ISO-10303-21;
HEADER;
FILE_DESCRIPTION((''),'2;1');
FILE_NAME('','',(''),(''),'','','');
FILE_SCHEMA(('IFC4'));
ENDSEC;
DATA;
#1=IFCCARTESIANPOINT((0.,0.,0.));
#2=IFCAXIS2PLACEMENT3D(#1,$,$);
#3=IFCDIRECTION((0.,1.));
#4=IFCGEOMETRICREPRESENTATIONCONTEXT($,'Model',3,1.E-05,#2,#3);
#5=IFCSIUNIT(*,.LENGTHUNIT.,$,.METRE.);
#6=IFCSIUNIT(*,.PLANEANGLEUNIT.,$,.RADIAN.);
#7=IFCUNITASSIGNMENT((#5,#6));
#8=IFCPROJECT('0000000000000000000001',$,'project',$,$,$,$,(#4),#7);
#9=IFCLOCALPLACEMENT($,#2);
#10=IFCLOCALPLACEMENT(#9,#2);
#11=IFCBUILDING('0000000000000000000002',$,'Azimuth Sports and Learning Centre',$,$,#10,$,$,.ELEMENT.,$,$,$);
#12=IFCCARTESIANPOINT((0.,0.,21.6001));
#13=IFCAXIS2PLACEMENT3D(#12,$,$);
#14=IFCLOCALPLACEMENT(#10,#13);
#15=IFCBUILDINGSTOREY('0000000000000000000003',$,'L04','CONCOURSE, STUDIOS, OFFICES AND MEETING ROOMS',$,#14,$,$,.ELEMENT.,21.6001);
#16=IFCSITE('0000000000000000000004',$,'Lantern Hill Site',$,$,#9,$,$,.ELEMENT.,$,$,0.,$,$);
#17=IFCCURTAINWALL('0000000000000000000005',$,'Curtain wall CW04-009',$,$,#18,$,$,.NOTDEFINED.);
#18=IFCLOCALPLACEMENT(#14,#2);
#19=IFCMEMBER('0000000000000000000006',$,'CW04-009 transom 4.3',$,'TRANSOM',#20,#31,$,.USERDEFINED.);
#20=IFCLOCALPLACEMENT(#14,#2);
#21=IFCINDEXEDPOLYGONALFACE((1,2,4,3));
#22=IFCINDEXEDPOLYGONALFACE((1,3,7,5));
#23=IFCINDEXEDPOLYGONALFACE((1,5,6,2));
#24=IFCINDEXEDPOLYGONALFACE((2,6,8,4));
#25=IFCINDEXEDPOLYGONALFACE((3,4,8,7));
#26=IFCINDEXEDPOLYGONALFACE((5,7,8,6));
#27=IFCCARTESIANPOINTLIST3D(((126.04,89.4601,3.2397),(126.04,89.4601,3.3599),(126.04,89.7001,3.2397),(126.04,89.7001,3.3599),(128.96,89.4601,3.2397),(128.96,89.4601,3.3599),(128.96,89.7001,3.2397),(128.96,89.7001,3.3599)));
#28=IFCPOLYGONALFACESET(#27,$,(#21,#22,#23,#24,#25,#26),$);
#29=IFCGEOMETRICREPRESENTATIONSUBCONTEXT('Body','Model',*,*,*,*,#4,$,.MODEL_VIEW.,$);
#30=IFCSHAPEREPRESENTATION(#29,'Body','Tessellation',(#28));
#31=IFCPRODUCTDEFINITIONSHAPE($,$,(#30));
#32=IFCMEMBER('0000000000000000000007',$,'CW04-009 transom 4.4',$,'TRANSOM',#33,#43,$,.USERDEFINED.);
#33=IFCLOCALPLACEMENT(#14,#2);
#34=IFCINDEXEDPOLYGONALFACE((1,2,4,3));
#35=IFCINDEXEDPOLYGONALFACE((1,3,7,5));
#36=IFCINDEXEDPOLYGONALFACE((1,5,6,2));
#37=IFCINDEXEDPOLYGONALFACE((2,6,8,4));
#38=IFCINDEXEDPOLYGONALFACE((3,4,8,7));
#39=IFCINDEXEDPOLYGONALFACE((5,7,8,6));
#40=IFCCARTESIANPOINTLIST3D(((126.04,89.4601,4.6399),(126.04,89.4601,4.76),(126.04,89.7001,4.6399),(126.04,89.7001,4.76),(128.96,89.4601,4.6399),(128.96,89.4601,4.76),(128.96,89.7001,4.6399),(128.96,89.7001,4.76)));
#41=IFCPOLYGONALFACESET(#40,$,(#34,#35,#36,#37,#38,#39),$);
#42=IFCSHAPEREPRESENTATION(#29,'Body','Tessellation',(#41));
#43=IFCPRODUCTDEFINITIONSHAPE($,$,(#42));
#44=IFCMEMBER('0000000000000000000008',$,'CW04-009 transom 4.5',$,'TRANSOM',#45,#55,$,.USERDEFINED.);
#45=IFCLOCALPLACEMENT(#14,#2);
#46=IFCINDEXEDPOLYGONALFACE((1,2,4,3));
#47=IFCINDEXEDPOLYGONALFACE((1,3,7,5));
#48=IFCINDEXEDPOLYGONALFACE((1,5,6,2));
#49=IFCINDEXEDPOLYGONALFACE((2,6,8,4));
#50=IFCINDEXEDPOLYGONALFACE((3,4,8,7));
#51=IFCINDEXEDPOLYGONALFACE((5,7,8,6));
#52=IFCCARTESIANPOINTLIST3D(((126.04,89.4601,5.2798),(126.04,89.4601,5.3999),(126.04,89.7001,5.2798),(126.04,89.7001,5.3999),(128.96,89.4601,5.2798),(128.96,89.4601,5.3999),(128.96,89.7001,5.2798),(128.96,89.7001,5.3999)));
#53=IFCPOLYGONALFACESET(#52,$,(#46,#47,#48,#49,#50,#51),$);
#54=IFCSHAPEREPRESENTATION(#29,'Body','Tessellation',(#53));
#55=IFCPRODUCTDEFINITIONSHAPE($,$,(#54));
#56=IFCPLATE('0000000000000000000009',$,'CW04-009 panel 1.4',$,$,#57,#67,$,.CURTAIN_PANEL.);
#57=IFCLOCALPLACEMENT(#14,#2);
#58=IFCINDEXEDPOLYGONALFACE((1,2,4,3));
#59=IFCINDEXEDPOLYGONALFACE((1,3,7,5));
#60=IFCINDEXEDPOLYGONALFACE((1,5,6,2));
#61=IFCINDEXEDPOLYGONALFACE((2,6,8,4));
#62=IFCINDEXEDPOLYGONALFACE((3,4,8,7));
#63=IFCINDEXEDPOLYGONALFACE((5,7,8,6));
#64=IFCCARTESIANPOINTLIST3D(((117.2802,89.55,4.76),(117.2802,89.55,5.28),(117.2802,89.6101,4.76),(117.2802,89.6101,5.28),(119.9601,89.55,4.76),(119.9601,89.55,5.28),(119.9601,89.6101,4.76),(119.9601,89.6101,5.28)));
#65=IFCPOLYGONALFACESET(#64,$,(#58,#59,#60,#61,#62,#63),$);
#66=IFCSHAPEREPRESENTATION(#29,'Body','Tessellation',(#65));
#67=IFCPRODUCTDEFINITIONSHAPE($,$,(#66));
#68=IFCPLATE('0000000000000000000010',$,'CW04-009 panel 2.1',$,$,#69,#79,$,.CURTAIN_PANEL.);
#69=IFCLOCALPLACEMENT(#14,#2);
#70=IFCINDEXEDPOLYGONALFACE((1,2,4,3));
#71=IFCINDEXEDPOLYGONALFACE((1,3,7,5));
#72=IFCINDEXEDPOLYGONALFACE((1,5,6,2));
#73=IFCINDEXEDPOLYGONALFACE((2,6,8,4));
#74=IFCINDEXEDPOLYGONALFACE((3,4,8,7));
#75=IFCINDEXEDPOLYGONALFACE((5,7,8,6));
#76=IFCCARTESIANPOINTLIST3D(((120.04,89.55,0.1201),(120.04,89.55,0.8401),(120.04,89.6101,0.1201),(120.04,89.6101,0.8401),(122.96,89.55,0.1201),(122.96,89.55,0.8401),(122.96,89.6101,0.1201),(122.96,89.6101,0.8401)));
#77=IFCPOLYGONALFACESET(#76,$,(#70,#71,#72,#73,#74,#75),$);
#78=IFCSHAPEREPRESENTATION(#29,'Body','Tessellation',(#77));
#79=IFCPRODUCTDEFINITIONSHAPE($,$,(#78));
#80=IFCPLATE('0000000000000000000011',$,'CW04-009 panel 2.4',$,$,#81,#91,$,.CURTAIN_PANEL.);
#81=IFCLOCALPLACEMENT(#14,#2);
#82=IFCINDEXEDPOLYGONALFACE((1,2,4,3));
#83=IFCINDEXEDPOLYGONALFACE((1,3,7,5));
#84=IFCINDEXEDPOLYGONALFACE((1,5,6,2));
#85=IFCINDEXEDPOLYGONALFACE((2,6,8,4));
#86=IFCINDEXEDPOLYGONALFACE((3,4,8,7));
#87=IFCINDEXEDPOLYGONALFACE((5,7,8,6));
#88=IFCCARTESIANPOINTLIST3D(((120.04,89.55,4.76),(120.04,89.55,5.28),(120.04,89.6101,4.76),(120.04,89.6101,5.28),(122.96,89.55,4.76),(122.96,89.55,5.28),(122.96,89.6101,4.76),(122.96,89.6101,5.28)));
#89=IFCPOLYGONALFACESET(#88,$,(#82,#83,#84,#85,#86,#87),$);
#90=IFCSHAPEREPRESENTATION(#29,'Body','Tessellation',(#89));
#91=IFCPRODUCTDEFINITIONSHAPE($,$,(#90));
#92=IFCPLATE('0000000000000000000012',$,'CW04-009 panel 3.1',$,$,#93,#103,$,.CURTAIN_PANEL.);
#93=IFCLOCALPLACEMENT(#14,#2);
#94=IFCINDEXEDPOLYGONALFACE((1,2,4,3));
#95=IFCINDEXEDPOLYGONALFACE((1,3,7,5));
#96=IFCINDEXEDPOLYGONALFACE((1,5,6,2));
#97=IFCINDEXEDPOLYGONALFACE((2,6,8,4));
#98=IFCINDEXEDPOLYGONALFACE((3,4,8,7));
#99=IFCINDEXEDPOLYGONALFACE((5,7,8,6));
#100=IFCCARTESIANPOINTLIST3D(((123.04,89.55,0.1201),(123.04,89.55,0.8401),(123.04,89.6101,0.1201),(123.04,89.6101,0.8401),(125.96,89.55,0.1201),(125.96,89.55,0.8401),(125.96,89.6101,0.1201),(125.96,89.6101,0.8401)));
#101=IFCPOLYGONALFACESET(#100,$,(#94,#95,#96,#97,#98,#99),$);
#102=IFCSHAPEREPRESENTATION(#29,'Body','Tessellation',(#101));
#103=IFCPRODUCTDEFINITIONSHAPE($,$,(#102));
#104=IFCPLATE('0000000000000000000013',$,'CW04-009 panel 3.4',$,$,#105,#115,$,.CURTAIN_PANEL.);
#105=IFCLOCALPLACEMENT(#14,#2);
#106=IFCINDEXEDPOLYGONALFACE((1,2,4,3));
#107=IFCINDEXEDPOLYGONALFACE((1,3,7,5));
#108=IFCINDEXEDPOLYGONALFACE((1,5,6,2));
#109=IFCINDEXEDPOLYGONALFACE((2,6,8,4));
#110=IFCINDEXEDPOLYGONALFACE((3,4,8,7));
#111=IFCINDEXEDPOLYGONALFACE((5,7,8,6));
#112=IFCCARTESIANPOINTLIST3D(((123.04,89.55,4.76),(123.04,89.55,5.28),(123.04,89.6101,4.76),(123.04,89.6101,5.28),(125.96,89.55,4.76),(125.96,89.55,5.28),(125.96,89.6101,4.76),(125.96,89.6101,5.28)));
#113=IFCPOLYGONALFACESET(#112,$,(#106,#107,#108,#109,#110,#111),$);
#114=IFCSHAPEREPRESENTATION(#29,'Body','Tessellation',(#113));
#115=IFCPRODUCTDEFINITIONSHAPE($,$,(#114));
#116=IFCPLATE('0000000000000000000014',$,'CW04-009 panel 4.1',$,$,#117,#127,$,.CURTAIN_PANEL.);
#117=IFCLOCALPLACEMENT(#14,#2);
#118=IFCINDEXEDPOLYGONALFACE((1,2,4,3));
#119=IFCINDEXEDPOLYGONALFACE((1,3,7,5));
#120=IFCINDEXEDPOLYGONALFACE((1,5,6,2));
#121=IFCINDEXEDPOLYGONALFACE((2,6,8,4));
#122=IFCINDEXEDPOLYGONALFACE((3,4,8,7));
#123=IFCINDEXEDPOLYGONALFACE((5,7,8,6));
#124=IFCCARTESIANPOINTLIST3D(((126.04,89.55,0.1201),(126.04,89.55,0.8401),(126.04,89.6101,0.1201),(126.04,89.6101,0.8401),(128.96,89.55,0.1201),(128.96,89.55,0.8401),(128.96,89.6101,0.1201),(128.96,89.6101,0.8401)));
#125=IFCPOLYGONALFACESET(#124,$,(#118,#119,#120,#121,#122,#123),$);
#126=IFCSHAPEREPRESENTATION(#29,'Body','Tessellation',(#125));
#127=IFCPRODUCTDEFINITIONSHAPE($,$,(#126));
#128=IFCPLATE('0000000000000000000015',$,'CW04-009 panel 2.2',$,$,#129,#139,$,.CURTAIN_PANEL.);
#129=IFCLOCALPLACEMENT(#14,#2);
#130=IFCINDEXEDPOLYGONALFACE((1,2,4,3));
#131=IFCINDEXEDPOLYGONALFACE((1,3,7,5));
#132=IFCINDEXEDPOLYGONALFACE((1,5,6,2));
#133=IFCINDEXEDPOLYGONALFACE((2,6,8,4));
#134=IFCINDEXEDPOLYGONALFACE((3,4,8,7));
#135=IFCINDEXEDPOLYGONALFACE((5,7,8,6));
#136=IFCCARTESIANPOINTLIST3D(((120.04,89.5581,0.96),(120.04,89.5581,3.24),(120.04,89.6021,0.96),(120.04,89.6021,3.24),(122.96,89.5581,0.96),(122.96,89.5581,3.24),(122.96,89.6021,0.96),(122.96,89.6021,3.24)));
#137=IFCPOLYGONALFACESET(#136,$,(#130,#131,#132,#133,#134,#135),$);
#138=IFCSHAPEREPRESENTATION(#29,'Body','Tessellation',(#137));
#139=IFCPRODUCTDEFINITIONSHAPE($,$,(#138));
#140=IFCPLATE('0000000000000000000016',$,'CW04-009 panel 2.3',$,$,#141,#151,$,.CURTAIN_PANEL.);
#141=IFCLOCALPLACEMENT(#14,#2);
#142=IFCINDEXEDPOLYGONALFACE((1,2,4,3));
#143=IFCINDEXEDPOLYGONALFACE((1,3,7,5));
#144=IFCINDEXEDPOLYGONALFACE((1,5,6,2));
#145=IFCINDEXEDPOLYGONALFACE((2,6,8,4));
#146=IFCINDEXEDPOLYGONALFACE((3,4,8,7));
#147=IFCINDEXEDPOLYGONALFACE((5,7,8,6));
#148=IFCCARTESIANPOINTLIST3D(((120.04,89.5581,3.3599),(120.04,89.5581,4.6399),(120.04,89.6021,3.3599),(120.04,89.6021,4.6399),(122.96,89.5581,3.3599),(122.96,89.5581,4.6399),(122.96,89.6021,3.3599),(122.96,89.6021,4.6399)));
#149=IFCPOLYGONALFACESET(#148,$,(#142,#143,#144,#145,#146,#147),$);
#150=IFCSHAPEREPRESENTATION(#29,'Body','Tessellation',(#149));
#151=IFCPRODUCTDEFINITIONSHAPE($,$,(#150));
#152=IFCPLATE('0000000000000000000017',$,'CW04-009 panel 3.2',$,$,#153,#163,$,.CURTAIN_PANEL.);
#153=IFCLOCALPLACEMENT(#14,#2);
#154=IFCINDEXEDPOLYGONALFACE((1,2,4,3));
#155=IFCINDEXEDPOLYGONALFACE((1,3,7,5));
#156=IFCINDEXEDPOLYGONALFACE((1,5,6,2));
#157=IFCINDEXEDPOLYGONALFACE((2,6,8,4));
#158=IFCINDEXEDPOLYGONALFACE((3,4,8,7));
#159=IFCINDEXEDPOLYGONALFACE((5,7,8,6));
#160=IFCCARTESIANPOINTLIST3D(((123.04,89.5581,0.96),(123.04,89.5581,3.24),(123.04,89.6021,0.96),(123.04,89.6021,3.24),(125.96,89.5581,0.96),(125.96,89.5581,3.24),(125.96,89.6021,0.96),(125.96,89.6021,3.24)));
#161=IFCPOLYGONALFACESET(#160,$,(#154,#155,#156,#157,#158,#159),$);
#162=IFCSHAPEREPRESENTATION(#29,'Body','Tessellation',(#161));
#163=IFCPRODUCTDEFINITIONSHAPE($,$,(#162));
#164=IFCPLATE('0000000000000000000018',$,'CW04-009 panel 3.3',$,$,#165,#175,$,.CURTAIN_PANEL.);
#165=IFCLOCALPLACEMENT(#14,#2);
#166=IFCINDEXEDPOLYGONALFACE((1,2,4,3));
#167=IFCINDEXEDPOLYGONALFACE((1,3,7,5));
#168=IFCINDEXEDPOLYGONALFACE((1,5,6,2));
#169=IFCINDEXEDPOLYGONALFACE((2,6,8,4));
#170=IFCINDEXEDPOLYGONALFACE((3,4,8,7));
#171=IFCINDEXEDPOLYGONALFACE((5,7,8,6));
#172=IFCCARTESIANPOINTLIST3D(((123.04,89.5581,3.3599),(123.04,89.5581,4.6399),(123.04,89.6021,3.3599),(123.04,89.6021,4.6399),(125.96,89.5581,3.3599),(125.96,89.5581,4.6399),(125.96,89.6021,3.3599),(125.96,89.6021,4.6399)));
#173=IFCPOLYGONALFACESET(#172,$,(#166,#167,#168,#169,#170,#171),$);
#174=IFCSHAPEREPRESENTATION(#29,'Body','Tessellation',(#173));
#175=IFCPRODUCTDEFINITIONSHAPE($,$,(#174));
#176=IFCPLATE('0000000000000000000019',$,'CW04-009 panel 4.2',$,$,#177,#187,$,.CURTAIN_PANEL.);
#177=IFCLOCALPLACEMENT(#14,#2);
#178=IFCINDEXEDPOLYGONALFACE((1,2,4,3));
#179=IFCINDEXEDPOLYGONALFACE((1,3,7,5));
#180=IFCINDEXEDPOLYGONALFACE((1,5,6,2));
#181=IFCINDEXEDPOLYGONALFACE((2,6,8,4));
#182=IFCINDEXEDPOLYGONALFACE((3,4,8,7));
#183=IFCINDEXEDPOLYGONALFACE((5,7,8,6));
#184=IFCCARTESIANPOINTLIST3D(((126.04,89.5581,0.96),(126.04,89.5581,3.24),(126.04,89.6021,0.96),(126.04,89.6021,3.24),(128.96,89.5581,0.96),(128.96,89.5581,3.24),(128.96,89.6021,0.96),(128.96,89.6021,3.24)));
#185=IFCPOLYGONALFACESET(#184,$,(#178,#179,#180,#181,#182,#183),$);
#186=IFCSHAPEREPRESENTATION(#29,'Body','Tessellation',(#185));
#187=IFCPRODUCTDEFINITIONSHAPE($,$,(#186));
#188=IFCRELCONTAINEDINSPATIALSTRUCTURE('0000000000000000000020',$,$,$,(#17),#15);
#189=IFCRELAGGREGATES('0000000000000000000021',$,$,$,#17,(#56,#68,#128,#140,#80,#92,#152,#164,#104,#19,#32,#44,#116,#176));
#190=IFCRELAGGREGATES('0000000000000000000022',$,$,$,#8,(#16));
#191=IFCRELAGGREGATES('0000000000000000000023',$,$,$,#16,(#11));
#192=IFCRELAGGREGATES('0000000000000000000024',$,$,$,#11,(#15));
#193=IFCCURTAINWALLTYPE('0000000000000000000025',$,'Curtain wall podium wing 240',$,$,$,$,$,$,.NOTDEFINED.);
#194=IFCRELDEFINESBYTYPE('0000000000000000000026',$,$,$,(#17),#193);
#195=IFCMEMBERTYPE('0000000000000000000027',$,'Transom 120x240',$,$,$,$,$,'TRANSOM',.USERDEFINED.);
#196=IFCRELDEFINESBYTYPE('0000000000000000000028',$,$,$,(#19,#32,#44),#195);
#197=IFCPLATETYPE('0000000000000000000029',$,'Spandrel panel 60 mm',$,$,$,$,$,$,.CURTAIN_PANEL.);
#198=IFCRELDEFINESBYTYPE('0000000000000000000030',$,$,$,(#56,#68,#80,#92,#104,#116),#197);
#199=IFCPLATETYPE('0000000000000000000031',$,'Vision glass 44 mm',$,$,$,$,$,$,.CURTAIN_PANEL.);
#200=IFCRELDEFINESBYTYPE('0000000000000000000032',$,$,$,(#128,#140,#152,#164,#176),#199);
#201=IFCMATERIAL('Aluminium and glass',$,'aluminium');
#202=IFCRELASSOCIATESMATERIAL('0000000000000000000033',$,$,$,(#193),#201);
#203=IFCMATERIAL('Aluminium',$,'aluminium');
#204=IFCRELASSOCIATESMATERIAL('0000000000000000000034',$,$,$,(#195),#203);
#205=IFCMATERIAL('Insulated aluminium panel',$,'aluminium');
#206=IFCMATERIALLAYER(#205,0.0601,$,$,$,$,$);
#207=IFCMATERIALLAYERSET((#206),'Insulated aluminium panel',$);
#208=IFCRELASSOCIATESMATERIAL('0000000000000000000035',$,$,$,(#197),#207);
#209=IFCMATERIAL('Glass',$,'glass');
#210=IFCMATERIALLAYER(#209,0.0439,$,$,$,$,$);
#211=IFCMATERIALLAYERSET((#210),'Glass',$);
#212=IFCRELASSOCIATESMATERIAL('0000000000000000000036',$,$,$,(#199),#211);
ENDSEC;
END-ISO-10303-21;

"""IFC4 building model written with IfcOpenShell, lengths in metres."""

from ifc_helpers import new_model, si_unit, direction, frame, origin, origin_2d, place, context, subcontext, project, spatial, rectangle, extrude, material, layer, layer_set, material_profile, profile_set, type_object, element, aggregate, save


model = new_model("IFC4")

# Units and contexts
model_context = context("Model", 3, precision=1e-05, world=origin(), true_north=direction((0.0, 1.0)))
body_context = subcontext(model_context, "Body", "Model", "MODEL_VIEW")
ifc_project = project(units=[si_unit("LENGTHUNIT", "METRE"), si_unit("PLANEANGLEUNIT", "RADIAN")], contexts=[model_context])

# Site, building, storey
site_placement = place(None, origin())
site = spatial("IfcSite", under=ifc_project, at=site_placement, Name="Lantern Hill Site", CompositionType="ELEMENT", RefElevation=0.0)
building_placement = place(site_placement, origin())
building = spatial("IfcBuilding", under=site, at=building_placement, Name="Azimuth Sports and Learning Centre", CompositionType="ELEMENT")
storey_placement = place(building_placement, frame((0.0, 0.0, 21.6001)))
storey = spatial("IfcBuildingStorey", under=building, at=storey_placement, Name="L04", Description="CONCOURSE, STUDIOS, OFFICES AND MEETING ROOMS", CompositionType="ELEMENT", Elevation=21.6001)

# Curtain wall, members, plates
ifc_material_1 = material(Name="Aluminium and glass", Category="aluminium")
curtain_wall_type = type_object("IfcCurtainWallType", Name="Curtain wall podium wing 240", PredefinedType="NOTDEFINED", material=ifc_material_1)
curtain_wall_placement = place(storey_placement, origin())
curtain_wall = element("IfcCurtainWall", 1, at=curtain_wall_placement, inside=storey, type_object=curtain_wall_type, Name="Curtain wall CW04-009", PredefinedType="NOTDEFINED")
ifc_material_2 = material(Name="Aluminium", Category="aluminium")
ifc_material_profile_1 = material_profile(ifc_material_2, rectangle(XDim=0.24, YDim=0.1201, at=origin_2d()), Name="Transom 120x240")
ifc_profile_set_1 = profile_set([ifc_material_profile_1], Name="Aluminium")
member_type_1 = type_object("IfcMemberType", Name="Transom 120x240", ElementType="TRANSOM", PredefinedType="USERDEFINED", material=ifc_profile_set_1)
member_1_placement = place(storey_placement, frame((126.04, 89.5801, 3.2998), z_axis=(1.0, 0.0, 0.0), x_axis=(0.0, 1.0, 0.0)))
member_1 = element("IfcMember", 2, at=member_1_placement, type_object=member_type_1, Name="CW04-009 transom 4.3", ObjectType="TRANSOM", PredefinedType="USERDEFINED", context=body_context, shape_type="SweptSolid", body=[
    extrude(rectangle(XDim=0.24, YDim=0.1201, at=origin_2d()), origin(), (0.0, 0.0, 1.0), 2.9199),
])
member_2_placement = place(storey_placement, frame((126.04, 89.5801, 4.7), z_axis=(1.0, 0.0, 0.0), x_axis=(0.0, 1.0, 0.0)))
member_2 = element("IfcMember", 3, at=member_2_placement, type_object=member_type_1, Name="CW04-009 transom 4.4", ObjectType="TRANSOM", PredefinedType="USERDEFINED", context=body_context, shape_type="SweptSolid", body=[
    extrude(rectangle(XDim=0.24, YDim=0.1201, at=origin_2d()), origin(), (0.0, 0.0, 1.0), 2.9199),
])
member_3_placement = place(storey_placement, frame((126.04, 89.5801, 5.3398), z_axis=(1.0, 0.0, 0.0), x_axis=(0.0, 1.0, 0.0)))
member_3 = element("IfcMember", 4, at=member_3_placement, type_object=member_type_1, Name="CW04-009 transom 4.5", ObjectType="TRANSOM", PredefinedType="USERDEFINED", context=body_context, shape_type="SweptSolid", body=[
    extrude(rectangle(XDim=0.24, YDim=0.1201, at=origin_2d()), origin(), (0.0, 0.0, 1.0), 2.9199),
])
ifc_material_3 = material(Name="Insulated aluminium panel", Category="aluminium")
ifc_layer_1 = layer(ifc_material_3, 0.0601)
ifc_layer_set_1 = layer_set([ifc_layer_1], Name="Insulated aluminium panel")
plate_type_1 = type_object("IfcPlateType", Name="Spandrel panel 60 mm", PredefinedType="CURTAIN_PANEL", material=ifc_layer_set_1)
plate_1_placement = place(storey_placement, frame((118.6201, 89.5801, 4.76), z_axis=(0.0, 0.0, 1.0), x_axis=(1.0, 0.0, 0.0)))
plate_1 = element("IfcPlate", 5, at=plate_1_placement, type_object=plate_type_1, Name="CW04-009 panel 1.4", PredefinedType="CURTAIN_PANEL", context=body_context, shape_type="SweptSolid", body=[
    extrude(rectangle(XDim=2.6799, YDim=0.0601, at=origin_2d()), origin(), (0.0, 0.0, 1.0), 0.52),
])
plate_2_placement = place(storey_placement, frame((121.5, 89.5801, 0.1201), z_axis=(0.0, 0.0, 1.0), x_axis=(1.0, 0.0, 0.0)))
plate_2 = element("IfcPlate", 6, at=plate_2_placement, type_object=plate_type_1, Name="CW04-009 panel 2.1", PredefinedType="CURTAIN_PANEL", context=body_context, shape_type="SweptSolid", body=[
    extrude(rectangle(XDim=2.9199, YDim=0.0601, at=origin_2d()), origin(), (0.0, 0.0, 1.0), 0.72),
])
plate_3_placement = place(storey_placement, frame((121.5, 89.5801, 4.76), z_axis=(0.0, 0.0, 1.0), x_axis=(1.0, 0.0, 0.0)))
plate_3 = element("IfcPlate", 7, at=plate_3_placement, type_object=plate_type_1, Name="CW04-009 panel 2.4", PredefinedType="CURTAIN_PANEL", context=body_context, shape_type="SweptSolid", body=[
    extrude(rectangle(XDim=2.9199, YDim=0.0601, at=origin_2d()), origin(), (0.0, 0.0, 1.0), 0.52),
])
plate_4_placement = place(storey_placement, frame((124.5, 89.5801, 0.1201), z_axis=(0.0, 0.0, 1.0), x_axis=(1.0, 0.0, 0.0)))
plate_4 = element("IfcPlate", 8, at=plate_4_placement, type_object=plate_type_1, Name="CW04-009 panel 3.1", PredefinedType="CURTAIN_PANEL", context=body_context, shape_type="SweptSolid", body=[
    extrude(rectangle(XDim=2.9199, YDim=0.0601, at=origin_2d()), origin(), (0.0, 0.0, 1.0), 0.72),
])
plate_5_placement = place(storey_placement, frame((124.5, 89.5801, 4.76), z_axis=(0.0, 0.0, 1.0), x_axis=(1.0, 0.0, 0.0)))
plate_5 = element("IfcPlate", 9, at=plate_5_placement, type_object=plate_type_1, Name="CW04-009 panel 3.4", PredefinedType="CURTAIN_PANEL", context=body_context, shape_type="SweptSolid", body=[
    extrude(rectangle(XDim=2.9199, YDim=0.0601, at=origin_2d()), origin(), (0.0, 0.0, 1.0), 0.52),
])
plate_6_placement = place(storey_placement, frame((127.5, 89.5801, 0.1201), z_axis=(0.0, 0.0, 1.0), x_axis=(1.0, 0.0, 0.0)))
plate_6 = element("IfcPlate", 10, at=plate_6_placement, type_object=plate_type_1, Name="CW04-009 panel 4.1", PredefinedType="CURTAIN_PANEL", context=body_context, shape_type="SweptSolid", body=[
    extrude(rectangle(XDim=2.9199, YDim=0.0601, at=origin_2d()), origin(), (0.0, 0.0, 1.0), 0.72),
])
ifc_material_4 = material(Name="Glass", Category="glass")
ifc_layer_2 = layer(ifc_material_4, 0.0439)
ifc_layer_set_2 = layer_set([ifc_layer_2], Name="Glass")
plate_type_2 = type_object("IfcPlateType", Name="Vision glass 44 mm", PredefinedType="CURTAIN_PANEL", material=ifc_layer_set_2)
plate_7_placement = place(storey_placement, frame((121.5, 89.5801, 0.96), z_axis=(0.0, 0.0, 1.0), x_axis=(1.0, 0.0, 0.0)))
plate_7 = element("IfcPlate", 11, at=plate_7_placement, type_object=plate_type_2, Name="CW04-009 panel 2.2", PredefinedType="CURTAIN_PANEL", context=body_context, shape_type="SweptSolid", body=[
    extrude(rectangle(XDim=2.9199, YDim=0.0439, at=origin_2d()), origin(), (0.0, 0.0, 1.0), 2.28),
])
plate_8_placement = place(storey_placement, frame((121.5, 89.5801, 3.3599), z_axis=(0.0, 0.0, 1.0), x_axis=(1.0, 0.0, 0.0)))
plate_8 = element("IfcPlate", 12, at=plate_8_placement, type_object=plate_type_2, Name="CW04-009 panel 2.3", PredefinedType="CURTAIN_PANEL", context=body_context, shape_type="SweptSolid", body=[
    extrude(rectangle(XDim=2.9199, YDim=0.0439, at=origin_2d()), origin(), (0.0, 0.0, 1.0), 1.28),
])
plate_9_placement = place(storey_placement, frame((124.5, 89.5801, 0.96), z_axis=(0.0, 0.0, 1.0), x_axis=(1.0, 0.0, 0.0)))
plate_9 = element("IfcPlate", 13, at=plate_9_placement, type_object=plate_type_2, Name="CW04-009 panel 3.2", PredefinedType="CURTAIN_PANEL", context=body_context, shape_type="SweptSolid", body=[
    extrude(rectangle(XDim=2.9199, YDim=0.0439, at=origin_2d()), origin(), (0.0, 0.0, 1.0), 2.28),
])
plate_10_placement = place(storey_placement, frame((124.5, 89.5801, 3.3599), z_axis=(0.0, 0.0, 1.0), x_axis=(1.0, 0.0, 0.0)))
plate_10 = element("IfcPlate", 14, at=plate_10_placement, type_object=plate_type_2, Name="CW04-009 panel 3.3", PredefinedType="CURTAIN_PANEL", context=body_context, shape_type="SweptSolid", body=[
    extrude(rectangle(XDim=2.9199, YDim=0.0439, at=origin_2d()), origin(), (0.0, 0.0, 1.0), 1.28),
])
plate_11_placement = place(storey_placement, frame((127.5, 89.5801, 0.96), z_axis=(0.0, 0.0, 1.0), x_axis=(1.0, 0.0, 0.0)))
plate_11 = element("IfcPlate", 15, at=plate_11_placement, type_object=plate_type_2, Name="CW04-009 panel 4.2", PredefinedType="CURTAIN_PANEL", context=body_context, shape_type="SweptSolid", body=[
    extrude(rectangle(XDim=2.9199, YDim=0.0439, at=origin_2d()), origin(), (0.0, 0.0, 1.0), 2.28),
])
aggregate(curtain_wall, [plate_1, plate_2, plate_7, plate_8, plate_3, plate_4, plate_9, plate_10, plate_5, member_1, member_2, member_3, plate_6, plate_11])

save(model, "model.ifc")
